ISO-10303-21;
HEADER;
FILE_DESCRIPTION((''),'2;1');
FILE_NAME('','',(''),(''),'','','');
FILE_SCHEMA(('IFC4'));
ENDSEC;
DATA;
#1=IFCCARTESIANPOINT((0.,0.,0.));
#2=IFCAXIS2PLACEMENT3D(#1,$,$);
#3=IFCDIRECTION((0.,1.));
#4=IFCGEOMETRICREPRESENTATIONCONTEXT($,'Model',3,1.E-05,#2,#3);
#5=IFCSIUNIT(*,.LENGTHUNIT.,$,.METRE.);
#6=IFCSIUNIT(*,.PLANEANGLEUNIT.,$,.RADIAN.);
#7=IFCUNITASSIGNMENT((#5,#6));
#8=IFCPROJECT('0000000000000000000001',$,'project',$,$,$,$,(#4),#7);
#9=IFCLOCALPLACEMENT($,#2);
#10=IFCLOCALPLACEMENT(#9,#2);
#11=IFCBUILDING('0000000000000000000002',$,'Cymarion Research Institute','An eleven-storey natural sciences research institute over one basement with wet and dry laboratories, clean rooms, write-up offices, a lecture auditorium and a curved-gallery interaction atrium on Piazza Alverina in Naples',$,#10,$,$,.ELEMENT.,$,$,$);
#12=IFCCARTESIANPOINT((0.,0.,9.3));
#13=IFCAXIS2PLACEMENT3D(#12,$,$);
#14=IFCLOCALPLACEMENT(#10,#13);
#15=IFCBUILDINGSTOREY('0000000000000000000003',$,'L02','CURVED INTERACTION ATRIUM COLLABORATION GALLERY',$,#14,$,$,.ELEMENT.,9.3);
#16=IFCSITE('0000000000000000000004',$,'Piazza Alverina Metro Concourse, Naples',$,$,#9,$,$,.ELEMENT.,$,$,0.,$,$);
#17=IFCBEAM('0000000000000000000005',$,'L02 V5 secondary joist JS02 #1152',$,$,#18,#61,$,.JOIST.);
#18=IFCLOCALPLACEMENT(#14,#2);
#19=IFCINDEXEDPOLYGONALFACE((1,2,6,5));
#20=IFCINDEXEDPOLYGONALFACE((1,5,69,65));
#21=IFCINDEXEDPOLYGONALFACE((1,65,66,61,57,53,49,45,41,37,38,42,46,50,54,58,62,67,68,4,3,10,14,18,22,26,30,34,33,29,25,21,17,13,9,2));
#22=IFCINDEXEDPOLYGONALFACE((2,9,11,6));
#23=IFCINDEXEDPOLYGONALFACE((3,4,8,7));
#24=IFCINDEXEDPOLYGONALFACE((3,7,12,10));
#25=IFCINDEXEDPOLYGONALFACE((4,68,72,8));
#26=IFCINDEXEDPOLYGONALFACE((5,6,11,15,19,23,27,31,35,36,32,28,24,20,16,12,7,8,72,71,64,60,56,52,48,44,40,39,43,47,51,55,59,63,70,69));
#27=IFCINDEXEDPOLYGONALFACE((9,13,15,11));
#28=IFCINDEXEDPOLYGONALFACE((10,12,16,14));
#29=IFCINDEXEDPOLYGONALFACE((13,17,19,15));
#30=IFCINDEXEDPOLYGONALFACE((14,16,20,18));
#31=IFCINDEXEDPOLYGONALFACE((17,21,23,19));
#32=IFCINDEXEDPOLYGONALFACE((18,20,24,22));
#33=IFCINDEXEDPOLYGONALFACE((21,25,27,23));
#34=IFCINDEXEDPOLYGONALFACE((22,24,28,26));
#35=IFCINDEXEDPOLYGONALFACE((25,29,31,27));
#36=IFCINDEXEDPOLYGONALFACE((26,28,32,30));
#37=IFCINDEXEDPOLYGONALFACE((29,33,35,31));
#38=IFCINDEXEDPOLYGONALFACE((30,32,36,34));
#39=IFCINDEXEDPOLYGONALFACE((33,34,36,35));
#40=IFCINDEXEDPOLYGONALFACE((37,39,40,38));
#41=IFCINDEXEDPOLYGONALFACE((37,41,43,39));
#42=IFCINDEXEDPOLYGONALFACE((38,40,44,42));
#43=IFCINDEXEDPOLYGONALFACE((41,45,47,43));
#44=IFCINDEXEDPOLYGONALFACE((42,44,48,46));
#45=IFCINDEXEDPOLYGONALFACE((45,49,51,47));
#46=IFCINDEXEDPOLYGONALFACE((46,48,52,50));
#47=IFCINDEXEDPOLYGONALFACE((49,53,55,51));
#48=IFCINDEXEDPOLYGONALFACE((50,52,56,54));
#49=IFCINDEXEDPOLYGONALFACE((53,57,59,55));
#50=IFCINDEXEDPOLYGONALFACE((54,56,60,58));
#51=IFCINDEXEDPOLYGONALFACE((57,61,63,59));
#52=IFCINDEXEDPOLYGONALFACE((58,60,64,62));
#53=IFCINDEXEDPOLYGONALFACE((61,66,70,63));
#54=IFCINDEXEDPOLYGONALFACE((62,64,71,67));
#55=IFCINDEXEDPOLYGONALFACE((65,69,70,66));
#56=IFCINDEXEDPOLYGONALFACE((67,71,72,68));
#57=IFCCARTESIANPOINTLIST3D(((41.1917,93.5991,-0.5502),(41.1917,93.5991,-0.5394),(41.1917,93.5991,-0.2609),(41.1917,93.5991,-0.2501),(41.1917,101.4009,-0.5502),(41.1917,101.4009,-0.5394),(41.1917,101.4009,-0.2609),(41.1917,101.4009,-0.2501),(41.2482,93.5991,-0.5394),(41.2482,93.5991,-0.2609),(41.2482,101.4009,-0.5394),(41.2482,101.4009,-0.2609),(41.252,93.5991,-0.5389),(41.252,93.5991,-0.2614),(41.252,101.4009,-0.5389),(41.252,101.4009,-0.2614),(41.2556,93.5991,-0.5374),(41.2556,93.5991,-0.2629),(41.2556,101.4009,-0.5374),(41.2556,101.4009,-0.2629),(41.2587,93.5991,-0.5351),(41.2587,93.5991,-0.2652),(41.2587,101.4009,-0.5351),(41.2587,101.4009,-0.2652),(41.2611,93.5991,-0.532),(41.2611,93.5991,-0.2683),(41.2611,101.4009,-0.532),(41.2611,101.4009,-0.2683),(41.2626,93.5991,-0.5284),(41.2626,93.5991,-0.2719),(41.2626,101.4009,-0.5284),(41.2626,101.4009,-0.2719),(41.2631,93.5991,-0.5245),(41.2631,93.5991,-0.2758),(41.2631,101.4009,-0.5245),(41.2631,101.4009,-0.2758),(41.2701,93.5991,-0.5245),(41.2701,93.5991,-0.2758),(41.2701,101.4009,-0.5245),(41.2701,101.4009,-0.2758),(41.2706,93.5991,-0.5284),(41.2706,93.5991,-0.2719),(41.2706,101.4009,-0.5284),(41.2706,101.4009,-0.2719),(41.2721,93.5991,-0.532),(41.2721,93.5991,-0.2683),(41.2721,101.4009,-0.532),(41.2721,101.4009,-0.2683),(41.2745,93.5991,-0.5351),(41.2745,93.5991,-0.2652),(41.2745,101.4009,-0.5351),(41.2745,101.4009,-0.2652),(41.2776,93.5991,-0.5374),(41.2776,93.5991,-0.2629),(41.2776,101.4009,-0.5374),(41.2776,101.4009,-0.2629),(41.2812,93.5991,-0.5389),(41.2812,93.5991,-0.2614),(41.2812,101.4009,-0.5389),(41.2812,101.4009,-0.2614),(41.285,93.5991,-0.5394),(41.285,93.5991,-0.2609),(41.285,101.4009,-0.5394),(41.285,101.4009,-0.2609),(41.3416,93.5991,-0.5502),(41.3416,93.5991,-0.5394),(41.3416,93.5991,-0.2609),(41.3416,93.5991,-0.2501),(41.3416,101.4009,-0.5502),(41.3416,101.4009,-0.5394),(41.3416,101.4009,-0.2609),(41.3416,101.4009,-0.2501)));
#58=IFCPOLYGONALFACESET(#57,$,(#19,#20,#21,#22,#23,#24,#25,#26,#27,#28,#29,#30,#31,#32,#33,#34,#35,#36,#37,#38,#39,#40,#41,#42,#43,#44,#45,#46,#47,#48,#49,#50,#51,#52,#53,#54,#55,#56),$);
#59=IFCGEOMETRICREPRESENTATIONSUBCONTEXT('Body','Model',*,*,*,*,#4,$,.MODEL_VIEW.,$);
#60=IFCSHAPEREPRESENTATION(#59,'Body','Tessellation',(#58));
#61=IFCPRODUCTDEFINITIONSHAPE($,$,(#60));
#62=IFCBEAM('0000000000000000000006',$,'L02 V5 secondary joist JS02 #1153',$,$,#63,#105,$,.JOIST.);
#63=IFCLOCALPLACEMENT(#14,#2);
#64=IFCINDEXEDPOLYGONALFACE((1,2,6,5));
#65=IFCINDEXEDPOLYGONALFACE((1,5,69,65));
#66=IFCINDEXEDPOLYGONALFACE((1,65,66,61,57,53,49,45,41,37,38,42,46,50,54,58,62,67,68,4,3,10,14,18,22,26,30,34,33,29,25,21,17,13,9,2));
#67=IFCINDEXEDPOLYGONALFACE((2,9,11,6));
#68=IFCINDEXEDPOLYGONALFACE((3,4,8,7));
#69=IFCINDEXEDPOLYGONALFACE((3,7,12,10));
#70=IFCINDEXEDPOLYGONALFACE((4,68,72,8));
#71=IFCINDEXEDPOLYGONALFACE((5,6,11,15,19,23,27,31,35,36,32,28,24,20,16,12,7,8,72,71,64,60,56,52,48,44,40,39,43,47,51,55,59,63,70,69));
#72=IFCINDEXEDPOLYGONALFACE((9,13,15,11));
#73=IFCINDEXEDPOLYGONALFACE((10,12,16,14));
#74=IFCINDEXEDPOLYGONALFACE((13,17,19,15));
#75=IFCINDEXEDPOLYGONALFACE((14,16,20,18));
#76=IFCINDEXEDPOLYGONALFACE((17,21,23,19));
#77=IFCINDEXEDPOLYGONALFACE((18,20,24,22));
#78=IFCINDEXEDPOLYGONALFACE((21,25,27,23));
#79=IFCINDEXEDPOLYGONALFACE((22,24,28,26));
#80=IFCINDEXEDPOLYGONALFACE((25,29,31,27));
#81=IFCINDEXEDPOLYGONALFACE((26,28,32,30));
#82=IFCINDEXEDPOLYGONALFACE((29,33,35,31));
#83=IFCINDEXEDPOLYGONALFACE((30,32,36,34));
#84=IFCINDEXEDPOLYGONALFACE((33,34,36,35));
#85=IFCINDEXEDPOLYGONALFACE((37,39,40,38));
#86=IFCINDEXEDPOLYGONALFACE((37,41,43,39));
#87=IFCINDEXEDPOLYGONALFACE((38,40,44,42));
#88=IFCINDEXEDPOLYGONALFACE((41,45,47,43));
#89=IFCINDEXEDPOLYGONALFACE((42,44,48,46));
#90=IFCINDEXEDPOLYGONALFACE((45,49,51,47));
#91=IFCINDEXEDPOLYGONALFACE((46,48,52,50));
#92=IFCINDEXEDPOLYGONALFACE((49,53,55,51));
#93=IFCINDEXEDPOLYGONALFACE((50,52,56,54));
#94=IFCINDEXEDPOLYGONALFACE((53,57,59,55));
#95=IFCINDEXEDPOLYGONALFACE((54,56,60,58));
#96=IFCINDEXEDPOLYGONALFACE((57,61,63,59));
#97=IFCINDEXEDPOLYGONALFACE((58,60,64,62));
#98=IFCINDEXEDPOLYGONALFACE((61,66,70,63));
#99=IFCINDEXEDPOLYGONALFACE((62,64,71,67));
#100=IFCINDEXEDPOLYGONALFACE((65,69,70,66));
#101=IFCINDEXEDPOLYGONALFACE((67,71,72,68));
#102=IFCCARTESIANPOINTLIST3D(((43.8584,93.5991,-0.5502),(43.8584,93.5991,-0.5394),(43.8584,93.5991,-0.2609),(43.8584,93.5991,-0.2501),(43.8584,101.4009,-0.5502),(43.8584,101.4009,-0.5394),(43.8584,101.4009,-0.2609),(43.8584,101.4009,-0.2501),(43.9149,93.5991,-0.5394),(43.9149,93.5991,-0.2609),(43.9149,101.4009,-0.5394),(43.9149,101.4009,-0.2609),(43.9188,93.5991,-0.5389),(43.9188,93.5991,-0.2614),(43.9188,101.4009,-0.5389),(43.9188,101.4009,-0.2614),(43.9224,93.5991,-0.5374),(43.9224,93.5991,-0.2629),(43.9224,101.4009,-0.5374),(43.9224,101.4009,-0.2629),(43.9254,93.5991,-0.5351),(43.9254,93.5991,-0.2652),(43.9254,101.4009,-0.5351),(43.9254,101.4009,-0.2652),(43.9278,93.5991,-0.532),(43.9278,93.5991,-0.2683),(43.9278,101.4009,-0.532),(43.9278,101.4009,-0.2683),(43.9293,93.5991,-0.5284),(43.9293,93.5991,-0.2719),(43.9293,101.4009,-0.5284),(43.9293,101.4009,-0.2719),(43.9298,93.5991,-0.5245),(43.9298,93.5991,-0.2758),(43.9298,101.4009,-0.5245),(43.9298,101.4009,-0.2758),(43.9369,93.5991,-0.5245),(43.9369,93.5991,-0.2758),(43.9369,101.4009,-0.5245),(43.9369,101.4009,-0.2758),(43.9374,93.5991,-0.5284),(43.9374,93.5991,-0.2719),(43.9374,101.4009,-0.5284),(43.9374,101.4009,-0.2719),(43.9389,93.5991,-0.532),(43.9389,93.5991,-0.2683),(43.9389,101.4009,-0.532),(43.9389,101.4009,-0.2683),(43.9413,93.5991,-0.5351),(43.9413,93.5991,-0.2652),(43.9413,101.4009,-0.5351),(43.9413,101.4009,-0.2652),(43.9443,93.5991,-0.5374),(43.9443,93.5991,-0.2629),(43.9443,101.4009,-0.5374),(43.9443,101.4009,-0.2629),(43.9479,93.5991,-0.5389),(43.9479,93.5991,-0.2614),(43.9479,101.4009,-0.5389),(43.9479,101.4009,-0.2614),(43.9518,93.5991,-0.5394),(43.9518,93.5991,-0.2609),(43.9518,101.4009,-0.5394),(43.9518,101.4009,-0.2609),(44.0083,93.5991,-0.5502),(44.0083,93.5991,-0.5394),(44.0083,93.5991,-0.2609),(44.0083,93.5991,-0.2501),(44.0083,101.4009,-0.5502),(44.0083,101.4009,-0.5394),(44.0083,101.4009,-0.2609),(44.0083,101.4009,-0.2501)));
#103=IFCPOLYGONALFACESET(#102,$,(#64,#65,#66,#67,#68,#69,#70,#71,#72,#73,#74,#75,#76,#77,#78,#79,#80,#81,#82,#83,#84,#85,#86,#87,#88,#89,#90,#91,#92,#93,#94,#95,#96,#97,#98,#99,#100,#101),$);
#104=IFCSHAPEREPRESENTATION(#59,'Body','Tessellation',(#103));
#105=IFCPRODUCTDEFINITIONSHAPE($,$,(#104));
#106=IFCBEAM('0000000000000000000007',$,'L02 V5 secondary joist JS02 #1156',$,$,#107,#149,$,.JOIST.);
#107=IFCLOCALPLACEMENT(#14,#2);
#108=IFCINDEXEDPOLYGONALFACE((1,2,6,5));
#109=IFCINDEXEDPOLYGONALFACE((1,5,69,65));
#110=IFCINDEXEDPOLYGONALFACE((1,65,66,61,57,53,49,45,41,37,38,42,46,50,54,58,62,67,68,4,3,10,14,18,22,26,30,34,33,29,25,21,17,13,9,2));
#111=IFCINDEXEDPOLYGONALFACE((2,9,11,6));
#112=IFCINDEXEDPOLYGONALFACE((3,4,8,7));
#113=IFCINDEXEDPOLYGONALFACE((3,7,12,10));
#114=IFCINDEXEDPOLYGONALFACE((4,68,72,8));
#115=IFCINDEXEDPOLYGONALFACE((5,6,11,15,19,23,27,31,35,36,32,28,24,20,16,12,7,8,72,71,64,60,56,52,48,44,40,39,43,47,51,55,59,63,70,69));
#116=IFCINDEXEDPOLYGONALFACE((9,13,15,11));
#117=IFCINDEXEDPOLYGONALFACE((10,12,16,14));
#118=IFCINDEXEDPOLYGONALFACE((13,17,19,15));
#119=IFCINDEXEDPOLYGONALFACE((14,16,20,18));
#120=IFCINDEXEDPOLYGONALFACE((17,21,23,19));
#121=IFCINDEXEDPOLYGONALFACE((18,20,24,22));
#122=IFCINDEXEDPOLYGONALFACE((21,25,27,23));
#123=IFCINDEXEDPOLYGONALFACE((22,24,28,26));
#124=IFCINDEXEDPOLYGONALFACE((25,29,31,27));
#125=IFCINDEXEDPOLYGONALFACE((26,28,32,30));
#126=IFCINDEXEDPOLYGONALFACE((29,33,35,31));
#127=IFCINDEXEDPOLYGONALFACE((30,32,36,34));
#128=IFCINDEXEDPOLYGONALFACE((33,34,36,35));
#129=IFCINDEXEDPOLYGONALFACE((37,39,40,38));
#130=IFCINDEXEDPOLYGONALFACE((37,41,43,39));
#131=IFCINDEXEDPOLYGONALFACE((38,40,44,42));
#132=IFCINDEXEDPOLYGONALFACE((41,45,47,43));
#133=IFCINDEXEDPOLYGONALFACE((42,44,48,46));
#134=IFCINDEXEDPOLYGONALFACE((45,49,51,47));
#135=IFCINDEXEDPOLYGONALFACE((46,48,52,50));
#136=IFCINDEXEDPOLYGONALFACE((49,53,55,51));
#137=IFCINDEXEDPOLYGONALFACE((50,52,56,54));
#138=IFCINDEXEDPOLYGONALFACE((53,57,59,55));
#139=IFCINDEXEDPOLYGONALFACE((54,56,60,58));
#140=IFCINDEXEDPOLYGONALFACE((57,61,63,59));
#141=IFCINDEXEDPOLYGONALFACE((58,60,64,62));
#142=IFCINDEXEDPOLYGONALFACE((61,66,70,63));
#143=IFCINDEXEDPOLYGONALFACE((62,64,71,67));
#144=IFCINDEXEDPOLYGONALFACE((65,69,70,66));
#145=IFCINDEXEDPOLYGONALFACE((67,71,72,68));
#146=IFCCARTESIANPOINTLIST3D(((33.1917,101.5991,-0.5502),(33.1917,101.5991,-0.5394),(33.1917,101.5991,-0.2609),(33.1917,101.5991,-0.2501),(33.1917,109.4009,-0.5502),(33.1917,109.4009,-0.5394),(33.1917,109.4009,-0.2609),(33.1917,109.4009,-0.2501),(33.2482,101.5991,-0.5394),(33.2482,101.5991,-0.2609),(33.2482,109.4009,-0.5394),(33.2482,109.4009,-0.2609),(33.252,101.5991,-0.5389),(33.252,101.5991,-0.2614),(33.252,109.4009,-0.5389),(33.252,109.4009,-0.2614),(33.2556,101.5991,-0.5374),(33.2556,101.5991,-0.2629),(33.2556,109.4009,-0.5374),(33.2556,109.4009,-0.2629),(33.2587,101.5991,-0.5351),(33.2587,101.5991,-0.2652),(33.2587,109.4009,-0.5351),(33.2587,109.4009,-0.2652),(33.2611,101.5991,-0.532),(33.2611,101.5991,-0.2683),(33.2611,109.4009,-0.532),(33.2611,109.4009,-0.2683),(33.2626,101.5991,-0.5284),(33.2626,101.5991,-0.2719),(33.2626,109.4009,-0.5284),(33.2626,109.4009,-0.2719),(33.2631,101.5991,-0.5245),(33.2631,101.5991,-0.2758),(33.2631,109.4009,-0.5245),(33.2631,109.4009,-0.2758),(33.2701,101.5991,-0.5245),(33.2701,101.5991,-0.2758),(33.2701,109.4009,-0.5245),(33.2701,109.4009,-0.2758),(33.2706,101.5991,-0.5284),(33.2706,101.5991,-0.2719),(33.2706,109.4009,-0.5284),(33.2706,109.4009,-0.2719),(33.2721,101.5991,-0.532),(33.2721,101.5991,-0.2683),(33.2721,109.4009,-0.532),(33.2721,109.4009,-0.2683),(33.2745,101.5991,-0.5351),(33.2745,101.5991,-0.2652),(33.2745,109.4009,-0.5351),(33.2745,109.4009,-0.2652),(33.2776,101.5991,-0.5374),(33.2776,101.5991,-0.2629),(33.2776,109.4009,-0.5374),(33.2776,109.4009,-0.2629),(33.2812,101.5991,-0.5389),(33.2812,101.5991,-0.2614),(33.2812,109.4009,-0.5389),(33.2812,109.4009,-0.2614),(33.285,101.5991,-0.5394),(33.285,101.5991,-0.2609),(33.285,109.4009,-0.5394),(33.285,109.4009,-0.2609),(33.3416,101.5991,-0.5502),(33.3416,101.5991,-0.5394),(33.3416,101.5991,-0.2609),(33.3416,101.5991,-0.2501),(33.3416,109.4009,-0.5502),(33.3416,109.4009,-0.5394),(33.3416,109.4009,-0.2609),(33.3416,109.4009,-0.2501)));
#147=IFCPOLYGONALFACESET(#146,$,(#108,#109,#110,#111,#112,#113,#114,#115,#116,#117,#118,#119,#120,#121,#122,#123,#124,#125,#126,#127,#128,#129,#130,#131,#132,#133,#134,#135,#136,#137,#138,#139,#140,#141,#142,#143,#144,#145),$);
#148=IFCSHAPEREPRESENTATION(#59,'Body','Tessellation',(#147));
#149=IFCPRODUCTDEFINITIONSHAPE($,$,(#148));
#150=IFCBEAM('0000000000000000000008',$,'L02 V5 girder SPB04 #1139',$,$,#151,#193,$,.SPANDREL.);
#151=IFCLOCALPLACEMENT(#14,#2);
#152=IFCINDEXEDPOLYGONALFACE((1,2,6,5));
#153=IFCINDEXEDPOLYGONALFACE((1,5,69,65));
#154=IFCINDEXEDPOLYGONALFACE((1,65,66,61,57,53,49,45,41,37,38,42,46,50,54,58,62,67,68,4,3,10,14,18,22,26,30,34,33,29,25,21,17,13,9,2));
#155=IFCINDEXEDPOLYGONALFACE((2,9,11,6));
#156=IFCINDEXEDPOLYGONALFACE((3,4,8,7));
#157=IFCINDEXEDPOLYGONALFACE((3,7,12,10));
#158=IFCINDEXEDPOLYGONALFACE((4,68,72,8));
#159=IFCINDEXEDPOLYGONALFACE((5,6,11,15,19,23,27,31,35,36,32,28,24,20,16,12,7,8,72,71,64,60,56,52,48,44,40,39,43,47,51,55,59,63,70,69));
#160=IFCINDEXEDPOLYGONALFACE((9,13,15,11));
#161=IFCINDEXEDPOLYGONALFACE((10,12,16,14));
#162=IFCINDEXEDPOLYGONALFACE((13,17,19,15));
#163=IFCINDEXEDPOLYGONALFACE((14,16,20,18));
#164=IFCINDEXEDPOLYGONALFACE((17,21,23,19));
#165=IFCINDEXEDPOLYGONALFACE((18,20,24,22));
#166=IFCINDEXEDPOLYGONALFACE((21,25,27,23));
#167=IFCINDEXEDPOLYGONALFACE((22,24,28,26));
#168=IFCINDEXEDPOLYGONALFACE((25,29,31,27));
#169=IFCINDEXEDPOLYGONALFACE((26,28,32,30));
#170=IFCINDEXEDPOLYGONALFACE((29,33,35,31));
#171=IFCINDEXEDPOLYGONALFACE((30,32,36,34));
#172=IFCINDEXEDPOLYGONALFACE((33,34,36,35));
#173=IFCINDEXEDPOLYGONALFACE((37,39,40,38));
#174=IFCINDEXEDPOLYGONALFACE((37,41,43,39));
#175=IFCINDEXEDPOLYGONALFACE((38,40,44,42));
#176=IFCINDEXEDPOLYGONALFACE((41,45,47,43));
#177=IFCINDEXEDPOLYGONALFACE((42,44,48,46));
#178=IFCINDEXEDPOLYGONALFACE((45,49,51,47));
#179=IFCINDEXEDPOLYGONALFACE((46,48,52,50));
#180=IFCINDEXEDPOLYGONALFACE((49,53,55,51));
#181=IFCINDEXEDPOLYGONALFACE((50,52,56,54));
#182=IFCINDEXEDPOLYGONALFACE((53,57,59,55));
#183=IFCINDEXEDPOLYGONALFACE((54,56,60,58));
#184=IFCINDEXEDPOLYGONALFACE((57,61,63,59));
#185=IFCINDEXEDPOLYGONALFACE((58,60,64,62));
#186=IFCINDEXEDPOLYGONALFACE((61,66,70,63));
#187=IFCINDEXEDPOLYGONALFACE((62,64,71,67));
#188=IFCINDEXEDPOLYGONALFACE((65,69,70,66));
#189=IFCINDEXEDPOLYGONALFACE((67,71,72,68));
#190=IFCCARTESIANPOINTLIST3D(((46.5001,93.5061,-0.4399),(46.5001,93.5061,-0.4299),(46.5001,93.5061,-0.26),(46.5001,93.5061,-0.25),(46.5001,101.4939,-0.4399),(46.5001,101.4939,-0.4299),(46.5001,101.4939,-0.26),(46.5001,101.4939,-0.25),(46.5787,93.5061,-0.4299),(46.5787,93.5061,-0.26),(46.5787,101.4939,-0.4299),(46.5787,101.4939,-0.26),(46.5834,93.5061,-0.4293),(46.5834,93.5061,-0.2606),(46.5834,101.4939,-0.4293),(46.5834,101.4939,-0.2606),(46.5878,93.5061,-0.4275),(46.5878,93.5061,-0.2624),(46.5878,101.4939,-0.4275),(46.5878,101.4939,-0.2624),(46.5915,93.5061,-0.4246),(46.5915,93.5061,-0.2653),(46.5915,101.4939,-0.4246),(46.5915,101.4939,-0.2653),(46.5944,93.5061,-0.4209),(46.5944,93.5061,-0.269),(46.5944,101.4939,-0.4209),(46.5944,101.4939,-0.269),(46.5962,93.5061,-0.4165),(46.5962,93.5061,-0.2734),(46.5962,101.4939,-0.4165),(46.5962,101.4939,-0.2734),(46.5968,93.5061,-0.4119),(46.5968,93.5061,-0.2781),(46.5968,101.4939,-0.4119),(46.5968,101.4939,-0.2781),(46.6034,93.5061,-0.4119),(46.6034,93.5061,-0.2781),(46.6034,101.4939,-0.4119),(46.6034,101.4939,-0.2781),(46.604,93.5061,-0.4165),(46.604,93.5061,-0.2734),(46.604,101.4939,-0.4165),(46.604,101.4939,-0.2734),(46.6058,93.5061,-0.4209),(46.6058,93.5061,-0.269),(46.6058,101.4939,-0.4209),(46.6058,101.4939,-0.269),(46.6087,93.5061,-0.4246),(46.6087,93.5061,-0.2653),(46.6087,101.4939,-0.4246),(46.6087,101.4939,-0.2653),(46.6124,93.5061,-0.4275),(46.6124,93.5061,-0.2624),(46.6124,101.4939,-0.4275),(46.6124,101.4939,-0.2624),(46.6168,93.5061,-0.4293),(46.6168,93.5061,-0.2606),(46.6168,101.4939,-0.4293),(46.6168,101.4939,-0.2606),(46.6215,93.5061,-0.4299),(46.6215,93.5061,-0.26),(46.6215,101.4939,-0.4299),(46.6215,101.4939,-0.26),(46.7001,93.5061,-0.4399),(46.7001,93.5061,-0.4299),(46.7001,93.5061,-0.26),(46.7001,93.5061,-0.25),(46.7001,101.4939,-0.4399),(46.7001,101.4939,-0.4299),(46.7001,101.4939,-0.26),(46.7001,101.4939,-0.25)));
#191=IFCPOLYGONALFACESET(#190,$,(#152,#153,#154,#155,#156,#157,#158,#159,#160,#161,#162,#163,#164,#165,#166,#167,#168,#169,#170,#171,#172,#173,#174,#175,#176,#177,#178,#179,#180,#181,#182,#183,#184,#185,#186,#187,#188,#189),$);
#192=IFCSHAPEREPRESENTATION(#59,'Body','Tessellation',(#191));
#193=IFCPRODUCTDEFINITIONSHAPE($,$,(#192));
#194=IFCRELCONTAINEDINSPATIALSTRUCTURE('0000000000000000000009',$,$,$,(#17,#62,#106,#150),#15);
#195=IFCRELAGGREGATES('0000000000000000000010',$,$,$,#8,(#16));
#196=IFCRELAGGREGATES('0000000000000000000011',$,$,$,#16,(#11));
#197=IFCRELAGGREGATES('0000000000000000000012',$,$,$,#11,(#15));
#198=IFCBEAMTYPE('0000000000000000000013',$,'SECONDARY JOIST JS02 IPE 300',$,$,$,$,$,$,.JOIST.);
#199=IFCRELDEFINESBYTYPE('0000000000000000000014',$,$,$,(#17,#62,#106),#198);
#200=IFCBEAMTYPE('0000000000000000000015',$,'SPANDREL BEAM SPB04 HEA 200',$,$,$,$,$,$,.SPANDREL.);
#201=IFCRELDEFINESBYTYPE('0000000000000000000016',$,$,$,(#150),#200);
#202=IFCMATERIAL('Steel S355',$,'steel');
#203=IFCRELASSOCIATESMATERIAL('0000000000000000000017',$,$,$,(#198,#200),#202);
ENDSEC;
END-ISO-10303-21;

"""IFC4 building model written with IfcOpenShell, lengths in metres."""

from ifc_helpers import new_model, si_unit, direction, frame, origin, origin_2d, place, context, subcontext, project, spatial, i_section, extrude, material, material_profile, profile_set, type_object, element, save


model = new_model("IFC4")

# Units and contexts
model_context = context("Model", 3, precision=1e-05, world=origin(), true_north=direction((0.0, 1.0)))
body_context = subcontext(model_context, "Body", "Model", "MODEL_VIEW")
ifc_project = project(units=[si_unit("LENGTHUNIT", "METRE"), si_unit("PLANEANGLEUNIT", "RADIAN")], contexts=[model_context])

# Site, building, storey
site_placement = place(None, origin())
site = spatial("IfcSite", under=ifc_project, at=site_placement, Name="Piazza Alverina Metro Concourse, Naples", CompositionType="ELEMENT", RefElevation=0.0)
building_placement = place(site_placement, origin())
building = spatial("IfcBuilding", under=site, at=building_placement, Name="Cymarion Research Institute", Description="An eleven-storey natural sciences research institute over one basement with wet and dry laboratories, clean rooms, write-up offices, a lecture auditorium and a curved-gallery interaction atrium on Piazza Alverina in Naples", CompositionType="ELEMENT")
storey_placement = place(building_placement, frame((0.0, 0.0, 9.3)))
storey = spatial("IfcBuildingStorey", under=building, at=storey_placement, Name="L02", Description="CURVED INTERACTION ATRIUM COLLABORATION GALLERY", CompositionType="ELEMENT", Elevation=9.3)

# Shared definitions
ifc_material_1 = material(Name="Steel S355", Category="steel")

# Beams
ifc_material_profile_1 = material_profile(ifc_material_1, i_section(OverallWidth=0.1499, OverallDepth=0.3, WebThickness=0.0071, FlangeThickness=0.0107, FilletRadius=0.0149, at=origin_2d()), Name="IPE 300")
ifc_profile_set_1 = profile_set([ifc_material_profile_1], Name="Steel S355")
beam_type_1 = type_object("IfcBeamType", Name="SECONDARY JOIST JS02 IPE 300", PredefinedType="JOIST", material=ifc_profile_set_1)
for number, where, z_axis, x_axis, name in (
    (1, (41.2666, 93.5991, -0.4001), (0.0, 1.0, 0.0), (-1.0, 0.0, 0.0), "L02 V5 secondary joist JS02 #1152"),
    (2, (43.9333, 93.5991, -0.4001), (0.0, 1.0, 0.0), (-1.0, 0.0, 0.0), "L02 V5 secondary joist JS02 #1153"),
    (3, (33.2666, 101.5991, -0.4001), (0.0, 1.0, 0.0), (-1.0, 0.0, 0.0), "L02 V5 secondary joist JS02 #1156"),
):
    element("IfcBeam", number, at=place(storey_placement, frame(where, z_axis=z_axis, x_axis=x_axis)), inside=storey, type_object=beam_type_1, Name=name, PredefinedType="JOIST", context=body_context, shape_type="SweptSolid", body=[
        extrude(i_section(OverallWidth=0.1499, OverallDepth=0.3, WebThickness=0.0071, FlangeThickness=0.0107, FilletRadius=0.0149, at=origin_2d()), origin(), (0.0, 0.0, 1.0), 7.8018),
    ])
ifc_material_profile_2 = material_profile(ifc_material_1, i_section(OverallWidth=0.2, OverallDepth=0.1899, WebThickness=0.0066, FlangeThickness=0.01, FilletRadius=0.0181, at=origin_2d()), Name="HEA 200")
ifc_profile_set_2 = profile_set([ifc_material_profile_2], Name="Steel S355")
beam_type_2 = type_object("IfcBeamType", Name="SPANDREL BEAM SPB04 HEA 200", PredefinedType="SPANDREL", material=ifc_profile_set_2)
for number, where, z_axis, x_axis, name in (
    (4, (46.6001, 93.5061, -0.345), (0.0, 1.0, 0.0), (-1.0, 0.0, 0.0), "L02 V5 girder SPB04 #1139"),
):
    element("IfcBeam", number, at=place(storey_placement, frame(where, z_axis=z_axis, x_axis=x_axis)), inside=storey, type_object=beam_type_2, Name=name, PredefinedType="SPANDREL", context=body_context, shape_type="SweptSolid", body=[
        extrude(i_section(OverallWidth=0.2, OverallDepth=0.1899, WebThickness=0.0066, FlangeThickness=0.01, FilletRadius=0.0181, at=origin_2d()), origin(), (0.0, 0.0, 1.0), 7.9878),
    ])

save(model, "model.ifc")
